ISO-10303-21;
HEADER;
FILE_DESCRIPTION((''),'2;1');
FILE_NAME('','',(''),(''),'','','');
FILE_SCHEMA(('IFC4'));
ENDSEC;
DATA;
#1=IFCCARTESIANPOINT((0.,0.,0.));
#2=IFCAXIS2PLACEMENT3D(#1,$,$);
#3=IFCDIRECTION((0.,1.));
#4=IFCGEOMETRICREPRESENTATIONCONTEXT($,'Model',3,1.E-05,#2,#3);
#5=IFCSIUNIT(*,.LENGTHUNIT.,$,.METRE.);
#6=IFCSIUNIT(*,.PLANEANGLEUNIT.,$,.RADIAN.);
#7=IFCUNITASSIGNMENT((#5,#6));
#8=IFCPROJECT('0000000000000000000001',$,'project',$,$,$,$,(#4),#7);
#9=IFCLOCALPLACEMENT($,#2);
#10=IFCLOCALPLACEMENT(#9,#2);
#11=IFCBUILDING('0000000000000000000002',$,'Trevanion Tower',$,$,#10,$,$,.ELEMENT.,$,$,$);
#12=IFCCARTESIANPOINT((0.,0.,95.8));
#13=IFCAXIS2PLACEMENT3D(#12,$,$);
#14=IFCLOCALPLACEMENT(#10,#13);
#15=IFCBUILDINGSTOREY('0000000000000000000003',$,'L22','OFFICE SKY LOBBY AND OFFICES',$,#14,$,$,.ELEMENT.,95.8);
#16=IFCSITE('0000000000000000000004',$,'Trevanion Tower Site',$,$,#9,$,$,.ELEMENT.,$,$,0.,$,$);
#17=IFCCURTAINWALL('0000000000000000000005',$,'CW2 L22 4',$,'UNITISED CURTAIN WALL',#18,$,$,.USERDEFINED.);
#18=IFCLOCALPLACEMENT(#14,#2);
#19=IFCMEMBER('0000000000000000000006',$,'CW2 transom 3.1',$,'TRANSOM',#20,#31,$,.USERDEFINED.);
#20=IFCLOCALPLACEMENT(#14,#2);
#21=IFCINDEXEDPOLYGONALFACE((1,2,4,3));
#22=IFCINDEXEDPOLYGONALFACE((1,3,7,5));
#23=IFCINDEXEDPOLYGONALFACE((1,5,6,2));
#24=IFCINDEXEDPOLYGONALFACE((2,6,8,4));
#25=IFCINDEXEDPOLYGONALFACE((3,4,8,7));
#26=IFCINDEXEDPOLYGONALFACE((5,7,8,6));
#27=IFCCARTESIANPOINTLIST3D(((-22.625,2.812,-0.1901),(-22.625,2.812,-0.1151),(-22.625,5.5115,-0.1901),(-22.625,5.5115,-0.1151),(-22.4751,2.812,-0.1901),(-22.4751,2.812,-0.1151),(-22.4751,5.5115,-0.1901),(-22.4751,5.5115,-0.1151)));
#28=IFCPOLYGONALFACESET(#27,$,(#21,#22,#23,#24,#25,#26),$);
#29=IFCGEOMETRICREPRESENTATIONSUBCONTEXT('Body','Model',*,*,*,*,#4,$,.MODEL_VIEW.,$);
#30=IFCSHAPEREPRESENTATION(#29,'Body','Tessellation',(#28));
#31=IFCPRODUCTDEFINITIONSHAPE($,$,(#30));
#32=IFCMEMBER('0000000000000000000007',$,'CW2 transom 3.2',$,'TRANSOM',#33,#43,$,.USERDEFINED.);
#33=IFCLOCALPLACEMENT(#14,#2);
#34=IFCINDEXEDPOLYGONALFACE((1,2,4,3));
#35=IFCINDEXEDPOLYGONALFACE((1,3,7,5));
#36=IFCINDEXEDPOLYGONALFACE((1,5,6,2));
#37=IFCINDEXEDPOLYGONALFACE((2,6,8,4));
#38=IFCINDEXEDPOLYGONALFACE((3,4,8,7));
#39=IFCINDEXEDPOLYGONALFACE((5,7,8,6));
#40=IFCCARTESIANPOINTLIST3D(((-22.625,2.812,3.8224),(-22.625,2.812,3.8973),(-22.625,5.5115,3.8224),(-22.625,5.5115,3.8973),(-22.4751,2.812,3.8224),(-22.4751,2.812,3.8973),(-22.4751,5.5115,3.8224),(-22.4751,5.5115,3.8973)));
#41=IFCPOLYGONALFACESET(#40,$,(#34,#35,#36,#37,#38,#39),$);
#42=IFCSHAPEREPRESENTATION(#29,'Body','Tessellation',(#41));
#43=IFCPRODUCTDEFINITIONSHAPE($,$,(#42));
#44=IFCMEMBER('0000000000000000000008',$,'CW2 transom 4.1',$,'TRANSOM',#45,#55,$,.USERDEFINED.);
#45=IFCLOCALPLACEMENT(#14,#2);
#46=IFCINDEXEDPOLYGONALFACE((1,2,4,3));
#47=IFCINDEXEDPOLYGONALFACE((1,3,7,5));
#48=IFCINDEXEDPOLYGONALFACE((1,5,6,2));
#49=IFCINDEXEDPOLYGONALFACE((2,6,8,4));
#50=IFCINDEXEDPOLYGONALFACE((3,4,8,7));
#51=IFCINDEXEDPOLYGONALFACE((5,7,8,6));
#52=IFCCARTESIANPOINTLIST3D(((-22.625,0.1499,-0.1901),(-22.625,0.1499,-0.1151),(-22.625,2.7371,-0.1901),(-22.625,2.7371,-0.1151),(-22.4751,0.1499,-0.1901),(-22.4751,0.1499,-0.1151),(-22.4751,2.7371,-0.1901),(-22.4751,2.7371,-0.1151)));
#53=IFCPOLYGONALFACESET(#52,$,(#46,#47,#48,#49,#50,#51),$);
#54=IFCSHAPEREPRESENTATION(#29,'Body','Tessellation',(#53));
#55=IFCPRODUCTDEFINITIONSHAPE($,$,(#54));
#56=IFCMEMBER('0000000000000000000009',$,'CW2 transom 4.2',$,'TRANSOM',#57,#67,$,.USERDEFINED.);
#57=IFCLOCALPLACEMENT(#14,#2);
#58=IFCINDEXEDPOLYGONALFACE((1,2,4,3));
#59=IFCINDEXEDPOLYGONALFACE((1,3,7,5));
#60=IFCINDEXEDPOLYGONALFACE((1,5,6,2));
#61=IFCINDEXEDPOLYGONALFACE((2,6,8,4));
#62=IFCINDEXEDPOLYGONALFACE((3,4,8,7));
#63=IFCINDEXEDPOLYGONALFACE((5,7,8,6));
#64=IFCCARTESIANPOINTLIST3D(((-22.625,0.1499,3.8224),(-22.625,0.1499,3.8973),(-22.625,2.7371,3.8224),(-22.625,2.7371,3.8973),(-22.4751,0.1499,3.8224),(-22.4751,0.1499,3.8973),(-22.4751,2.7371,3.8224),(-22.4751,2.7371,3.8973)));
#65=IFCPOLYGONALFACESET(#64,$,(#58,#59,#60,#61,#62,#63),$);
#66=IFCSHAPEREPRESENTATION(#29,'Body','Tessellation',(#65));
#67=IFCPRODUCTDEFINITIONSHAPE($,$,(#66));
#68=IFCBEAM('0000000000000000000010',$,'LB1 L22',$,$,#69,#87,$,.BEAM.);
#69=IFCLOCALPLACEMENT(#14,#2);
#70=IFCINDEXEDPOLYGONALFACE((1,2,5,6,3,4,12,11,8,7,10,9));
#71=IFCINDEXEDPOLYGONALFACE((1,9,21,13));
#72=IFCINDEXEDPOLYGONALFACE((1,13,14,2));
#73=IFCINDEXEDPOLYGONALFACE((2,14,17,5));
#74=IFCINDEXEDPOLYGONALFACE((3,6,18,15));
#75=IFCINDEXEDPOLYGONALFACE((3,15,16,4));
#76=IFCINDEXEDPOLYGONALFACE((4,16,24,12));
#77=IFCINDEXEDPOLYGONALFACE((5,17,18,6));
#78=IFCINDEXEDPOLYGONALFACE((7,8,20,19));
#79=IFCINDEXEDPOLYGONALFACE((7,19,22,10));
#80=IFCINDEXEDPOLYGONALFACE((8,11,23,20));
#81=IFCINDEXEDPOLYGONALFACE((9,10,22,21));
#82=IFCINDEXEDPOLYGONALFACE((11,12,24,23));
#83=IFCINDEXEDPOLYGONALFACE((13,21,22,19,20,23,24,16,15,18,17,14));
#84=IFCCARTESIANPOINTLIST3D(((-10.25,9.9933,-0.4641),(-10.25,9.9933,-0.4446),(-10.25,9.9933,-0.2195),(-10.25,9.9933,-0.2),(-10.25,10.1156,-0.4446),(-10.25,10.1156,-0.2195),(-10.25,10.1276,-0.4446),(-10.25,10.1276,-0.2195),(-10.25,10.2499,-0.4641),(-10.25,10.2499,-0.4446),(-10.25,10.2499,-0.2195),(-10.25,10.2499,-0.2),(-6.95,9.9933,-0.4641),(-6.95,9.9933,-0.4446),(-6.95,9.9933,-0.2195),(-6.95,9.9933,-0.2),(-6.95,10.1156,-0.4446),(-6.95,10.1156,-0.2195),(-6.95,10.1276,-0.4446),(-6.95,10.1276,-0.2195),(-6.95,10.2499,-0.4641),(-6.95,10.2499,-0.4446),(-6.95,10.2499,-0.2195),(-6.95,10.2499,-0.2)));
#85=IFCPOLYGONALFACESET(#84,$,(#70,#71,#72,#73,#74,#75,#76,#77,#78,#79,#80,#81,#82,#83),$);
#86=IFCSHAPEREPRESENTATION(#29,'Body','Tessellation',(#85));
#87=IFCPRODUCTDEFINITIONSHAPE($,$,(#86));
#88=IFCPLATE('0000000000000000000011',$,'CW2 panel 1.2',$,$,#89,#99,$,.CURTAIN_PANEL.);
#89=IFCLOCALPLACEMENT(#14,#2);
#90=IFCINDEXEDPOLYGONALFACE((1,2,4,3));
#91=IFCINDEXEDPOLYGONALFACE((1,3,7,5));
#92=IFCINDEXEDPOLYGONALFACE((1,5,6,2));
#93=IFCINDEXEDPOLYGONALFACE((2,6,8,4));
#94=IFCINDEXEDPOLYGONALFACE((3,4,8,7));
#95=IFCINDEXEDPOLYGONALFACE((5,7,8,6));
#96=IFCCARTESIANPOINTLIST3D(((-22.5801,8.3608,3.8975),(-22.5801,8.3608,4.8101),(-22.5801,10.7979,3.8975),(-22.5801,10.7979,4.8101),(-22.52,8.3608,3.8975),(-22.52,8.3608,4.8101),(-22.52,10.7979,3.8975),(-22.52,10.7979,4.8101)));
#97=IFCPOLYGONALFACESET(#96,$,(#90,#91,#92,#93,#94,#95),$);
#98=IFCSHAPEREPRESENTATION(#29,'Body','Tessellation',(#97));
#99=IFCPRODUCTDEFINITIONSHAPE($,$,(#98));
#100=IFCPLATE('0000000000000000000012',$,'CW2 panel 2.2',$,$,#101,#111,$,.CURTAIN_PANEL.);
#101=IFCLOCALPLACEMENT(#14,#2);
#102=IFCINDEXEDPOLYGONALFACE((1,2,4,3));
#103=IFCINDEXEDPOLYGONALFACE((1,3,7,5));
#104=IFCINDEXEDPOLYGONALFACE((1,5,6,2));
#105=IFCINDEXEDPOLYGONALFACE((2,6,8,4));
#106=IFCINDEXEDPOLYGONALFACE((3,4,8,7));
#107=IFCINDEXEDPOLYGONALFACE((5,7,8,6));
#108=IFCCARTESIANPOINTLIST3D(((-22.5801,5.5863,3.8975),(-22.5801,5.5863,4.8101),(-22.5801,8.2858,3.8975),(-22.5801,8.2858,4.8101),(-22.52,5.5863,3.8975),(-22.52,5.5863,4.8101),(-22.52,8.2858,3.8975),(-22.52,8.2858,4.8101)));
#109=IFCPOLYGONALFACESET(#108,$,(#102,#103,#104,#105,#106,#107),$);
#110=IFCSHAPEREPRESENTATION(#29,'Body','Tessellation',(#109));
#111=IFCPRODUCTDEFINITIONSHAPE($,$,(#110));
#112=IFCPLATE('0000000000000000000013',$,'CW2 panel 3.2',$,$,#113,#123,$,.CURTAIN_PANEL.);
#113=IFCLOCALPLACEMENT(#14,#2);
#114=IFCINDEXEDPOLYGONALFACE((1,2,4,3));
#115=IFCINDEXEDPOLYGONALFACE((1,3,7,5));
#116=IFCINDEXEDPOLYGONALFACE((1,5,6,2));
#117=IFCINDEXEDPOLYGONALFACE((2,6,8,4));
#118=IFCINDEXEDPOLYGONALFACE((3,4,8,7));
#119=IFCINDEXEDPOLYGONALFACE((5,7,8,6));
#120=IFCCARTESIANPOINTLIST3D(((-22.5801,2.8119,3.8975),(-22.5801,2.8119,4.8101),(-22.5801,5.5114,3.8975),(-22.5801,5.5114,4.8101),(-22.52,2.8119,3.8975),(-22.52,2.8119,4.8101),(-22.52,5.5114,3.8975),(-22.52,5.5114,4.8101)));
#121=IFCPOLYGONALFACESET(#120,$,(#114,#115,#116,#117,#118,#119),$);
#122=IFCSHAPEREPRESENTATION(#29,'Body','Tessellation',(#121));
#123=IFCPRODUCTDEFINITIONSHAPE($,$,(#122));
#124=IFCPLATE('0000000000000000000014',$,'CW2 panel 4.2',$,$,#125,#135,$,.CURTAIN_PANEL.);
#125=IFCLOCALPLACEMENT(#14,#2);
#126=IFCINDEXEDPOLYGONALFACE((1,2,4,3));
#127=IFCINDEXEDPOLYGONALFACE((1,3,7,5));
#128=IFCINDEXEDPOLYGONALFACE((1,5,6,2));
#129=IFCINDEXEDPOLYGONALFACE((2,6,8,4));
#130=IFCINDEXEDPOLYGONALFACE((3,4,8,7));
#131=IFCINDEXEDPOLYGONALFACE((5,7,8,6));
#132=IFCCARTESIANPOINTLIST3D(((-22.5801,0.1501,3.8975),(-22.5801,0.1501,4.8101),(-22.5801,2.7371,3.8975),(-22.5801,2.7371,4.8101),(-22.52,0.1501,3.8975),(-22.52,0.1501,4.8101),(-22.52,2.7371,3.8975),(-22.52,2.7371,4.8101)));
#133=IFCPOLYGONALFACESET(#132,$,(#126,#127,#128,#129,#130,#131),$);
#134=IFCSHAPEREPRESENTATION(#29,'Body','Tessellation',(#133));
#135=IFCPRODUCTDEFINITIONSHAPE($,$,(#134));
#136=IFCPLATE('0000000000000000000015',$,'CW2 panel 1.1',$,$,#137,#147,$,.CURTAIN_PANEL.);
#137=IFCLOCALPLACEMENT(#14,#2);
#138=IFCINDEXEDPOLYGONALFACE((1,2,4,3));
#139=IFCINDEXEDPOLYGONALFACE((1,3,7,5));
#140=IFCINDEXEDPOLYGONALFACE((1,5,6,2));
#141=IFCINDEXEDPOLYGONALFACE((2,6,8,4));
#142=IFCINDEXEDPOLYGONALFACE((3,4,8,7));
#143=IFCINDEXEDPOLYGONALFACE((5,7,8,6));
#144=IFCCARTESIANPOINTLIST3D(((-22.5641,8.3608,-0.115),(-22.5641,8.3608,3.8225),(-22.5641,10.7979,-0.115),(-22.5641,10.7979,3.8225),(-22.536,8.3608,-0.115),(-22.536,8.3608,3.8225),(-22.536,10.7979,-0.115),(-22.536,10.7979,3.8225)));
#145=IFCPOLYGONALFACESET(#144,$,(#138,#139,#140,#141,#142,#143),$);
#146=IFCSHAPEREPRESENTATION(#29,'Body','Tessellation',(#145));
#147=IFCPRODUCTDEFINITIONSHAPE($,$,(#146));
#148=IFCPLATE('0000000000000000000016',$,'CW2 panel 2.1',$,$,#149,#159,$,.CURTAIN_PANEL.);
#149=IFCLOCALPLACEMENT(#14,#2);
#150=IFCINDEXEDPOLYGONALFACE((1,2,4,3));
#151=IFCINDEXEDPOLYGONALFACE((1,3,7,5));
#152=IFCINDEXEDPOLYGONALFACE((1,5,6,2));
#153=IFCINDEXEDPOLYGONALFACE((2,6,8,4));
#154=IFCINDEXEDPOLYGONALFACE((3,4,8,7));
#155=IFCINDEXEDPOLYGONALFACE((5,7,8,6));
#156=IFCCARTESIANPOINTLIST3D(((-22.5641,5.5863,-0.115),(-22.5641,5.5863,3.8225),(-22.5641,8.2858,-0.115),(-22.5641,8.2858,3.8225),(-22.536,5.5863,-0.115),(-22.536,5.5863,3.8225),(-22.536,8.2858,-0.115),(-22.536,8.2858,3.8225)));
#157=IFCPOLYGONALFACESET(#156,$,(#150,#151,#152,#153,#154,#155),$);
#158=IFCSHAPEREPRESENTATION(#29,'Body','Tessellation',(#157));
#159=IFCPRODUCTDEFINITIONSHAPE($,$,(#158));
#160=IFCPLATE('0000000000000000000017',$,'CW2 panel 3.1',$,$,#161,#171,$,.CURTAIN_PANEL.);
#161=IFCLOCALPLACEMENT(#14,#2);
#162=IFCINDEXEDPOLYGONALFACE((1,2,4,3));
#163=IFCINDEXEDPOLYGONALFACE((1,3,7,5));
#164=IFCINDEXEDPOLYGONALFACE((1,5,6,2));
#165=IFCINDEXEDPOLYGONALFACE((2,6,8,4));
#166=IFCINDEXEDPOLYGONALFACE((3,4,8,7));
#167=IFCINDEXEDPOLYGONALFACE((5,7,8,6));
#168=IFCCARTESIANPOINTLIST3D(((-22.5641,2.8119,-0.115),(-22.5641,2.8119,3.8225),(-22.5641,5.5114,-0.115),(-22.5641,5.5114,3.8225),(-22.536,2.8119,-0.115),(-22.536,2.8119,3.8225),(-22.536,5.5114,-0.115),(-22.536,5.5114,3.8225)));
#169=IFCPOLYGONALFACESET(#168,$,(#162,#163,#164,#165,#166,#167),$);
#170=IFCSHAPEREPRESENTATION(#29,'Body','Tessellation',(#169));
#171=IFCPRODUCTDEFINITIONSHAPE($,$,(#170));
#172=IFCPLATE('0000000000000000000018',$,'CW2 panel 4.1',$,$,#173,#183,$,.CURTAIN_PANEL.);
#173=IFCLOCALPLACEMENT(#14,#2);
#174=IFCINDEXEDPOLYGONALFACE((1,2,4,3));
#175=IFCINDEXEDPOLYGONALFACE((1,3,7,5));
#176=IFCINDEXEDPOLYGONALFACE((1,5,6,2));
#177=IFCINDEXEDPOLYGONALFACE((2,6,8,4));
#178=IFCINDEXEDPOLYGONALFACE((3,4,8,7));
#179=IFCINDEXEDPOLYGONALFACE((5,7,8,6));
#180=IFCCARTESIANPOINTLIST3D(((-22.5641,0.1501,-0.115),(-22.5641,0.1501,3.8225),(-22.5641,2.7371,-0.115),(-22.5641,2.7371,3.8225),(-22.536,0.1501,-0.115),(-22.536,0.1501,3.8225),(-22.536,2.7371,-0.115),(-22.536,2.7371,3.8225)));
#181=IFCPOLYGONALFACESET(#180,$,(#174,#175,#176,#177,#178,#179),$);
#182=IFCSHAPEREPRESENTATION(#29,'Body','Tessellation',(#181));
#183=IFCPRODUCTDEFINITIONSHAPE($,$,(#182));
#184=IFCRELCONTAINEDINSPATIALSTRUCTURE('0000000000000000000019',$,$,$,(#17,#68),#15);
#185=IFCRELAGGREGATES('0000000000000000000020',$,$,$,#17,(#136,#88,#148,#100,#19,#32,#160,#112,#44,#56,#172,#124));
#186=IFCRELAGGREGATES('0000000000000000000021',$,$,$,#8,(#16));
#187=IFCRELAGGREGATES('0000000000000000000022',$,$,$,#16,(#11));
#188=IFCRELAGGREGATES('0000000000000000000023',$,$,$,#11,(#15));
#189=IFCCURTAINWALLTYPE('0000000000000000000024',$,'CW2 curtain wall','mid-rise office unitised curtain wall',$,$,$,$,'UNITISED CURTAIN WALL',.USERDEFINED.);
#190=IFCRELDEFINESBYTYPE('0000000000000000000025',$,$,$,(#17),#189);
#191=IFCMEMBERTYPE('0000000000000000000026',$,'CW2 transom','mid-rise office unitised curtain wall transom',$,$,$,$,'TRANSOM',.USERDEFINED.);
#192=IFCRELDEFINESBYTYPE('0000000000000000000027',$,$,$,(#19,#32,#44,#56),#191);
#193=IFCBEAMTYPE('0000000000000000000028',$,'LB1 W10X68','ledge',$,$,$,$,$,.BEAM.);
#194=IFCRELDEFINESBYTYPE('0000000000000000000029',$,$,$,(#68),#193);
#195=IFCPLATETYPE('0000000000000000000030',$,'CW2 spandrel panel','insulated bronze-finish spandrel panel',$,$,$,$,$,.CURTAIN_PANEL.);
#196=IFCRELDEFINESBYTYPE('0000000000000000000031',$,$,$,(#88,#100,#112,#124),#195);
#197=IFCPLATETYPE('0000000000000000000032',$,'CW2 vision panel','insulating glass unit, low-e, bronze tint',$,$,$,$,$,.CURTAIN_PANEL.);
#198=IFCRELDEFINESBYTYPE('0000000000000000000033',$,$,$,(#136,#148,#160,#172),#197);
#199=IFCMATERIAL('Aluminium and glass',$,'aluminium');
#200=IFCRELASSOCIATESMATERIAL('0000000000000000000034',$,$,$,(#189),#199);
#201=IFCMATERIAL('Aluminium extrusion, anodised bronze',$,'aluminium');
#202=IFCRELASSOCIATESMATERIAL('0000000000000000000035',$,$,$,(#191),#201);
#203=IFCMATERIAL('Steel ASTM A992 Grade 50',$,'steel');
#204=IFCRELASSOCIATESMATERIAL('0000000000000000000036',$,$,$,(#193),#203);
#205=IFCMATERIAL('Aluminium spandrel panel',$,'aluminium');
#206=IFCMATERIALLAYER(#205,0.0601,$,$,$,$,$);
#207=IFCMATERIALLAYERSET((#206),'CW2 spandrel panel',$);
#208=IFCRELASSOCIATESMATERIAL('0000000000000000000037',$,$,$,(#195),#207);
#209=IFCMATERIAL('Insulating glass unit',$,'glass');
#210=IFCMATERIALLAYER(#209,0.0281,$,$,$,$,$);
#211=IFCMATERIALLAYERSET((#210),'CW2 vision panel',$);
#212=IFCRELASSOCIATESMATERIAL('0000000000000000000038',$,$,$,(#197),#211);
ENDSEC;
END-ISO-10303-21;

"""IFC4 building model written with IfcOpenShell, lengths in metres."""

from ifc_helpers import new_model, si_unit, direction, frame, origin, origin_2d, place, context, subcontext, project, spatial, rectangle, i_section, extrude, material, layer, layer_set, material_profile, profile_set, type_object, element, aggregate, save


model = new_model("IFC4")

# Units and contexts
model_context = context("Model", 3, precision=1e-05, world=origin(), true_north=direction((0.0, 1.0)))
body_context = subcontext(model_context, "Body", "Model", "MODEL_VIEW")
ifc_project = project(units=[si_unit("LENGTHUNIT", "METRE"), si_unit("PLANEANGLEUNIT", "RADIAN")], contexts=[model_context])

# Site, building, storey
site_placement = place(None, origin())
site = spatial("IfcSite", under=ifc_project, at=site_placement, Name="Trevanion Tower Site", CompositionType="ELEMENT", RefElevation=0.0)
building_placement = place(site_placement, origin())
building = spatial("IfcBuilding", under=site, at=building_placement, Name="Trevanion Tower", CompositionType="ELEMENT")
storey_placement = place(building_placement, frame((0.0, 0.0, 95.8)))
storey = spatial("IfcBuildingStorey", under=building, at=storey_placement, Name="L22", Description="OFFICE SKY LOBBY AND OFFICES", CompositionType="ELEMENT", Elevation=95.8)

# Curtain wall, members
ifc_material_1 = material(Name="Aluminium and glass", Category="aluminium")
curtain_wall_type = type_object("IfcCurtainWallType", Name="CW2 curtain wall", Description="mid-rise office unitised curtain wall", ElementType="UNITISED CURTAIN WALL", PredefinedType="USERDEFINED", material=ifc_material_1)
curtain_wall_placement = place(storey_placement, origin())
curtain_wall = element("IfcCurtainWall", 1, at=curtain_wall_placement, inside=storey, type_object=curtain_wall_type, Name="CW2 L22 4", ObjectType="UNITISED CURTAIN WALL", PredefinedType="USERDEFINED")
ifc_material_2 = material(Name="Aluminium extrusion, anodised bronze", Category="aluminium")
ifc_material_profile_1 = material_profile(ifc_material_2, rectangle(XDim=0.1499, YDim=0.075, at=origin_2d()), Name="CW2 transom")
ifc_profile_set_1 = profile_set([ifc_material_profile_1], Name="Aluminium extrusion, anodised bronze")
member_type_1 = type_object("IfcMemberType", Name="CW2 transom", Description="mid-rise office unitised curtain wall transom", ElementType="TRANSOM", PredefinedType="USERDEFINED", material=ifc_profile_set_1)
member_1_placement = place(storey_placement, frame((-22.55, 5.5115, -0.1526), z_axis=(0.0, -1.0, 0.0), x_axis=(1.0, 0.0, 0.0)))
member_1 = element("IfcMember", 2, at=member_1_placement, type_object=member_type_1, Name="CW2 transom 3.1", ObjectType="TRANSOM", PredefinedType="USERDEFINED", context=body_context, shape_type="SweptSolid", body=[
    extrude(rectangle(XDim=0.1499, YDim=0.075, at=origin_2d()), origin(), (0.0, 0.0, 1.0), 2.6995),
])
member_2_placement = place(storey_placement, frame((-22.55, 5.5115, 3.8599), z_axis=(0.0, -1.0, 0.0), x_axis=(1.0, 0.0, 0.0)))
member_2 = element("IfcMember", 3, at=member_2_placement, type_object=member_type_1, Name="CW2 transom 3.2", ObjectType="TRANSOM", PredefinedType="USERDEFINED", context=body_context, shape_type="SweptSolid", body=[
    extrude(rectangle(XDim=0.1499, YDim=0.075, at=origin_2d()), origin(), (0.0, 0.0, 1.0), 2.6995),
])
member_3_placement = place(storey_placement, frame((-22.55, 2.7371, -0.1526), z_axis=(0.0, -1.0, 0.0), x_axis=(1.0, 0.0, 0.0)))
member_3 = element("IfcMember", 4, at=member_3_placement, type_object=member_type_1, Name="CW2 transom 4.1", ObjectType="TRANSOM", PredefinedType="USERDEFINED", context=body_context, shape_type="SweptSolid", body=[
    extrude(rectangle(XDim=0.1499, YDim=0.075, at=origin_2d()), origin(), (0.0, 0.0, 1.0), 2.5872),
])
member_4_placement = place(storey_placement, frame((-22.55, 2.7371, 3.8599), z_axis=(0.0, -1.0, 0.0), x_axis=(1.0, 0.0, 0.0)))
member_4 = element("IfcMember", 5, at=member_4_placement, type_object=member_type_1, Name="CW2 transom 4.2", ObjectType="TRANSOM", PredefinedType="USERDEFINED", context=body_context, shape_type="SweptSolid", body=[
    extrude(rectangle(XDim=0.1499, YDim=0.075, at=origin_2d()), origin(), (0.0, 0.0, 1.0), 2.5872),
])

# Beam
ifc_material_3 = material(Name="Steel ASTM A992 Grade 50", Category="steel")
ifc_material_profile_2 = material_profile(ifc_material_3, i_section(OverallWidth=0.2566, OverallDepth=0.2642, WebThickness=0.012, FlangeThickness=0.0195, at=origin_2d()), Name="W10X68")
ifc_profile_set_2 = profile_set([ifc_material_profile_2], Name="Steel ASTM A992 Grade 50")
beam_type_1 = type_object("IfcBeamType", Name="LB1 W10X68", Description="ledge", PredefinedType="BEAM", material=ifc_profile_set_2)
beam_placement = place(storey_placement, frame((-10.25, 10.1216, -0.332), z_axis=(1.0, 0.0, 0.0), x_axis=(0.0, 1.0, 0.0)))
element("IfcBeam", 6, at=beam_placement, inside=storey, type_object=beam_type_1, Name="LB1 L22", PredefinedType="BEAM", context=body_context, shape_type="SweptSolid", body=[
    extrude(i_section(OverallWidth=0.2566, OverallDepth=0.2642, WebThickness=0.012, FlangeThickness=0.0195, at=origin_2d()), origin(), (0.0, 0.0, 1.0), 3.3),
])

# Plates
ifc_material_4 = material(Name="Aluminium spandrel panel", Category="aluminium")
ifc_layer_1 = layer(ifc_material_4, 0.0601)
ifc_layer_set_1 = layer_set([ifc_layer_1], Name="CW2 spandrel panel")
plate_type_1 = type_object("IfcPlateType", Name="CW2 spandrel panel", Description="insulated bronze-finish spandrel panel", PredefinedType="CURTAIN_PANEL", material=ifc_layer_set_1)
plate_1_placement = place(storey_placement, frame((-22.55, 9.5793, 3.8975), z_axis=(0.0, 0.0, 1.0), x_axis=(0.0, -1.0, 0.0)))
plate_1 = element("IfcPlate", 7, at=plate_1_placement, type_object=plate_type_1, Name="CW2 panel 1.2", PredefinedType="CURTAIN_PANEL", context=body_context, shape_type="SweptSolid", body=[
    extrude(rectangle(XDim=2.437, YDim=0.0601, at=origin_2d()), origin(), (0.0, 0.0, 1.0), 0.9126),
])
plate_2_placement = place(storey_placement, frame((-22.55, 6.936, 3.8975), z_axis=(0.0, 0.0, 1.0), x_axis=(0.0, -1.0, 0.0)))
plate_2 = element("IfcPlate", 8, at=plate_2_placement, type_object=plate_type_1, Name="CW2 panel 2.2", PredefinedType="CURTAIN_PANEL", context=body_context, shape_type="SweptSolid", body=[
    extrude(rectangle(XDim=2.6995, YDim=0.0601, at=origin_2d()), origin(), (0.0, 0.0, 1.0), 0.9126),
])
plate_3_placement = place(storey_placement, frame((-22.55, 4.1616, 3.8975), z_axis=(0.0, 0.0, 1.0), x_axis=(0.0, -1.0, 0.0)))
plate_3 = element("IfcPlate", 9, at=plate_3_placement, type_object=plate_type_1, Name="CW2 panel 3.2", PredefinedType="CURTAIN_PANEL", context=body_context, shape_type="SweptSolid", body=[
    extrude(rectangle(XDim=2.6995, YDim=0.0601, at=origin_2d()), origin(), (0.0, 0.0, 1.0), 0.9126),
])
plate_4_placement = place(storey_placement, frame((-22.55, 1.4436, 3.8975), z_axis=(0.0, 0.0, 1.0), x_axis=(0.0, -1.0, 0.0)))
plate_4 = element("IfcPlate", 10, at=plate_4_placement, type_object=plate_type_1, Name="CW2 panel 4.2", PredefinedType="CURTAIN_PANEL", context=body_context, shape_type="SweptSolid", body=[
    extrude(rectangle(XDim=2.5869, YDim=0.0601, at=origin_2d()), origin(), (0.0, 0.0, 1.0), 0.9126),
])
ifc_material_5 = material(Name="Insulating glass unit", Category="glass")
ifc_layer_2 = layer(ifc_material_5, 0.0281)
ifc_layer_set_2 = layer_set([ifc_layer_2], Name="CW2 vision panel")
plate_type_2 = type_object("IfcPlateType", Name="CW2 vision panel", Description="insulating glass unit, low-e, bronze tint", PredefinedType="CURTAIN_PANEL", material=ifc_layer_set_2)
plate_5_placement = place(storey_placement, frame((-22.55, 9.5793, -0.115), z_axis=(0.0, 0.0, 1.0), x_axis=(0.0, -1.0, 0.0)))
plate_5 = element("IfcPlate", 11, at=plate_5_placement, type_object=plate_type_2, Name="CW2 panel 1.1", PredefinedType="CURTAIN_PANEL", context=body_context, shape_type="SweptSolid", body=[
    extrude(rectangle(XDim=2.437, YDim=0.0281, at=origin_2d()), origin(), (0.0, 0.0, 1.0), 3.9375),
])
plate_6_placement = place(storey_placement, frame((-22.55, 6.936, -0.115), z_axis=(0.0, 0.0, 1.0), x_axis=(0.0, -1.0, 0.0)))
plate_6 = element("IfcPlate", 12, at=plate_6_placement, type_object=plate_type_2, Name="CW2 panel 2.1", PredefinedType="CURTAIN_PANEL", context=body_context, shape_type="SweptSolid", body=[
    extrude(rectangle(XDim=2.6995, YDim=0.0281, at=origin_2d()), origin(), (0.0, 0.0, 1.0), 3.9375),
])
plate_7_placement = place(storey_placement, frame((-22.55, 4.1616, -0.115), z_axis=(0.0, 0.0, 1.0), x_axis=(0.0, -1.0, 0.0)))
plate_7 = element("IfcPlate", 13, at=plate_7_placement, type_object=plate_type_2, Name="CW2 panel 3.1", PredefinedType="CURTAIN_PANEL", context=body_context, shape_type="SweptSolid", body=[
    extrude(rectangle(XDim=2.6995, YDim=0.0281, at=origin_2d()), origin(), (0.0, 0.0, 1.0), 3.9375),
])
plate_8_placement = place(storey_placement, frame((-22.55, 1.4436, -0.115), z_axis=(0.0, 0.0, 1.0), x_axis=(0.0, -1.0, 0.0)))
plate_8 = element("IfcPlate", 14, at=plate_8_placement, type_object=plate_type_2, Name="CW2 panel 4.1", PredefinedType="CURTAIN_PANEL", context=body_context, shape_type="SweptSolid", body=[
    extrude(rectangle(XDim=2.5869, YDim=0.0281, at=origin_2d()), origin(), (0.0, 0.0, 1.0), 3.9375),
])
aggregate(curtain_wall, [plate_5, plate_1, plate_6, plate_2, member_1, member_2, plate_7, plate_3, member_3, member_4, plate_8, plate_4])

save(model, "model.ifc")
